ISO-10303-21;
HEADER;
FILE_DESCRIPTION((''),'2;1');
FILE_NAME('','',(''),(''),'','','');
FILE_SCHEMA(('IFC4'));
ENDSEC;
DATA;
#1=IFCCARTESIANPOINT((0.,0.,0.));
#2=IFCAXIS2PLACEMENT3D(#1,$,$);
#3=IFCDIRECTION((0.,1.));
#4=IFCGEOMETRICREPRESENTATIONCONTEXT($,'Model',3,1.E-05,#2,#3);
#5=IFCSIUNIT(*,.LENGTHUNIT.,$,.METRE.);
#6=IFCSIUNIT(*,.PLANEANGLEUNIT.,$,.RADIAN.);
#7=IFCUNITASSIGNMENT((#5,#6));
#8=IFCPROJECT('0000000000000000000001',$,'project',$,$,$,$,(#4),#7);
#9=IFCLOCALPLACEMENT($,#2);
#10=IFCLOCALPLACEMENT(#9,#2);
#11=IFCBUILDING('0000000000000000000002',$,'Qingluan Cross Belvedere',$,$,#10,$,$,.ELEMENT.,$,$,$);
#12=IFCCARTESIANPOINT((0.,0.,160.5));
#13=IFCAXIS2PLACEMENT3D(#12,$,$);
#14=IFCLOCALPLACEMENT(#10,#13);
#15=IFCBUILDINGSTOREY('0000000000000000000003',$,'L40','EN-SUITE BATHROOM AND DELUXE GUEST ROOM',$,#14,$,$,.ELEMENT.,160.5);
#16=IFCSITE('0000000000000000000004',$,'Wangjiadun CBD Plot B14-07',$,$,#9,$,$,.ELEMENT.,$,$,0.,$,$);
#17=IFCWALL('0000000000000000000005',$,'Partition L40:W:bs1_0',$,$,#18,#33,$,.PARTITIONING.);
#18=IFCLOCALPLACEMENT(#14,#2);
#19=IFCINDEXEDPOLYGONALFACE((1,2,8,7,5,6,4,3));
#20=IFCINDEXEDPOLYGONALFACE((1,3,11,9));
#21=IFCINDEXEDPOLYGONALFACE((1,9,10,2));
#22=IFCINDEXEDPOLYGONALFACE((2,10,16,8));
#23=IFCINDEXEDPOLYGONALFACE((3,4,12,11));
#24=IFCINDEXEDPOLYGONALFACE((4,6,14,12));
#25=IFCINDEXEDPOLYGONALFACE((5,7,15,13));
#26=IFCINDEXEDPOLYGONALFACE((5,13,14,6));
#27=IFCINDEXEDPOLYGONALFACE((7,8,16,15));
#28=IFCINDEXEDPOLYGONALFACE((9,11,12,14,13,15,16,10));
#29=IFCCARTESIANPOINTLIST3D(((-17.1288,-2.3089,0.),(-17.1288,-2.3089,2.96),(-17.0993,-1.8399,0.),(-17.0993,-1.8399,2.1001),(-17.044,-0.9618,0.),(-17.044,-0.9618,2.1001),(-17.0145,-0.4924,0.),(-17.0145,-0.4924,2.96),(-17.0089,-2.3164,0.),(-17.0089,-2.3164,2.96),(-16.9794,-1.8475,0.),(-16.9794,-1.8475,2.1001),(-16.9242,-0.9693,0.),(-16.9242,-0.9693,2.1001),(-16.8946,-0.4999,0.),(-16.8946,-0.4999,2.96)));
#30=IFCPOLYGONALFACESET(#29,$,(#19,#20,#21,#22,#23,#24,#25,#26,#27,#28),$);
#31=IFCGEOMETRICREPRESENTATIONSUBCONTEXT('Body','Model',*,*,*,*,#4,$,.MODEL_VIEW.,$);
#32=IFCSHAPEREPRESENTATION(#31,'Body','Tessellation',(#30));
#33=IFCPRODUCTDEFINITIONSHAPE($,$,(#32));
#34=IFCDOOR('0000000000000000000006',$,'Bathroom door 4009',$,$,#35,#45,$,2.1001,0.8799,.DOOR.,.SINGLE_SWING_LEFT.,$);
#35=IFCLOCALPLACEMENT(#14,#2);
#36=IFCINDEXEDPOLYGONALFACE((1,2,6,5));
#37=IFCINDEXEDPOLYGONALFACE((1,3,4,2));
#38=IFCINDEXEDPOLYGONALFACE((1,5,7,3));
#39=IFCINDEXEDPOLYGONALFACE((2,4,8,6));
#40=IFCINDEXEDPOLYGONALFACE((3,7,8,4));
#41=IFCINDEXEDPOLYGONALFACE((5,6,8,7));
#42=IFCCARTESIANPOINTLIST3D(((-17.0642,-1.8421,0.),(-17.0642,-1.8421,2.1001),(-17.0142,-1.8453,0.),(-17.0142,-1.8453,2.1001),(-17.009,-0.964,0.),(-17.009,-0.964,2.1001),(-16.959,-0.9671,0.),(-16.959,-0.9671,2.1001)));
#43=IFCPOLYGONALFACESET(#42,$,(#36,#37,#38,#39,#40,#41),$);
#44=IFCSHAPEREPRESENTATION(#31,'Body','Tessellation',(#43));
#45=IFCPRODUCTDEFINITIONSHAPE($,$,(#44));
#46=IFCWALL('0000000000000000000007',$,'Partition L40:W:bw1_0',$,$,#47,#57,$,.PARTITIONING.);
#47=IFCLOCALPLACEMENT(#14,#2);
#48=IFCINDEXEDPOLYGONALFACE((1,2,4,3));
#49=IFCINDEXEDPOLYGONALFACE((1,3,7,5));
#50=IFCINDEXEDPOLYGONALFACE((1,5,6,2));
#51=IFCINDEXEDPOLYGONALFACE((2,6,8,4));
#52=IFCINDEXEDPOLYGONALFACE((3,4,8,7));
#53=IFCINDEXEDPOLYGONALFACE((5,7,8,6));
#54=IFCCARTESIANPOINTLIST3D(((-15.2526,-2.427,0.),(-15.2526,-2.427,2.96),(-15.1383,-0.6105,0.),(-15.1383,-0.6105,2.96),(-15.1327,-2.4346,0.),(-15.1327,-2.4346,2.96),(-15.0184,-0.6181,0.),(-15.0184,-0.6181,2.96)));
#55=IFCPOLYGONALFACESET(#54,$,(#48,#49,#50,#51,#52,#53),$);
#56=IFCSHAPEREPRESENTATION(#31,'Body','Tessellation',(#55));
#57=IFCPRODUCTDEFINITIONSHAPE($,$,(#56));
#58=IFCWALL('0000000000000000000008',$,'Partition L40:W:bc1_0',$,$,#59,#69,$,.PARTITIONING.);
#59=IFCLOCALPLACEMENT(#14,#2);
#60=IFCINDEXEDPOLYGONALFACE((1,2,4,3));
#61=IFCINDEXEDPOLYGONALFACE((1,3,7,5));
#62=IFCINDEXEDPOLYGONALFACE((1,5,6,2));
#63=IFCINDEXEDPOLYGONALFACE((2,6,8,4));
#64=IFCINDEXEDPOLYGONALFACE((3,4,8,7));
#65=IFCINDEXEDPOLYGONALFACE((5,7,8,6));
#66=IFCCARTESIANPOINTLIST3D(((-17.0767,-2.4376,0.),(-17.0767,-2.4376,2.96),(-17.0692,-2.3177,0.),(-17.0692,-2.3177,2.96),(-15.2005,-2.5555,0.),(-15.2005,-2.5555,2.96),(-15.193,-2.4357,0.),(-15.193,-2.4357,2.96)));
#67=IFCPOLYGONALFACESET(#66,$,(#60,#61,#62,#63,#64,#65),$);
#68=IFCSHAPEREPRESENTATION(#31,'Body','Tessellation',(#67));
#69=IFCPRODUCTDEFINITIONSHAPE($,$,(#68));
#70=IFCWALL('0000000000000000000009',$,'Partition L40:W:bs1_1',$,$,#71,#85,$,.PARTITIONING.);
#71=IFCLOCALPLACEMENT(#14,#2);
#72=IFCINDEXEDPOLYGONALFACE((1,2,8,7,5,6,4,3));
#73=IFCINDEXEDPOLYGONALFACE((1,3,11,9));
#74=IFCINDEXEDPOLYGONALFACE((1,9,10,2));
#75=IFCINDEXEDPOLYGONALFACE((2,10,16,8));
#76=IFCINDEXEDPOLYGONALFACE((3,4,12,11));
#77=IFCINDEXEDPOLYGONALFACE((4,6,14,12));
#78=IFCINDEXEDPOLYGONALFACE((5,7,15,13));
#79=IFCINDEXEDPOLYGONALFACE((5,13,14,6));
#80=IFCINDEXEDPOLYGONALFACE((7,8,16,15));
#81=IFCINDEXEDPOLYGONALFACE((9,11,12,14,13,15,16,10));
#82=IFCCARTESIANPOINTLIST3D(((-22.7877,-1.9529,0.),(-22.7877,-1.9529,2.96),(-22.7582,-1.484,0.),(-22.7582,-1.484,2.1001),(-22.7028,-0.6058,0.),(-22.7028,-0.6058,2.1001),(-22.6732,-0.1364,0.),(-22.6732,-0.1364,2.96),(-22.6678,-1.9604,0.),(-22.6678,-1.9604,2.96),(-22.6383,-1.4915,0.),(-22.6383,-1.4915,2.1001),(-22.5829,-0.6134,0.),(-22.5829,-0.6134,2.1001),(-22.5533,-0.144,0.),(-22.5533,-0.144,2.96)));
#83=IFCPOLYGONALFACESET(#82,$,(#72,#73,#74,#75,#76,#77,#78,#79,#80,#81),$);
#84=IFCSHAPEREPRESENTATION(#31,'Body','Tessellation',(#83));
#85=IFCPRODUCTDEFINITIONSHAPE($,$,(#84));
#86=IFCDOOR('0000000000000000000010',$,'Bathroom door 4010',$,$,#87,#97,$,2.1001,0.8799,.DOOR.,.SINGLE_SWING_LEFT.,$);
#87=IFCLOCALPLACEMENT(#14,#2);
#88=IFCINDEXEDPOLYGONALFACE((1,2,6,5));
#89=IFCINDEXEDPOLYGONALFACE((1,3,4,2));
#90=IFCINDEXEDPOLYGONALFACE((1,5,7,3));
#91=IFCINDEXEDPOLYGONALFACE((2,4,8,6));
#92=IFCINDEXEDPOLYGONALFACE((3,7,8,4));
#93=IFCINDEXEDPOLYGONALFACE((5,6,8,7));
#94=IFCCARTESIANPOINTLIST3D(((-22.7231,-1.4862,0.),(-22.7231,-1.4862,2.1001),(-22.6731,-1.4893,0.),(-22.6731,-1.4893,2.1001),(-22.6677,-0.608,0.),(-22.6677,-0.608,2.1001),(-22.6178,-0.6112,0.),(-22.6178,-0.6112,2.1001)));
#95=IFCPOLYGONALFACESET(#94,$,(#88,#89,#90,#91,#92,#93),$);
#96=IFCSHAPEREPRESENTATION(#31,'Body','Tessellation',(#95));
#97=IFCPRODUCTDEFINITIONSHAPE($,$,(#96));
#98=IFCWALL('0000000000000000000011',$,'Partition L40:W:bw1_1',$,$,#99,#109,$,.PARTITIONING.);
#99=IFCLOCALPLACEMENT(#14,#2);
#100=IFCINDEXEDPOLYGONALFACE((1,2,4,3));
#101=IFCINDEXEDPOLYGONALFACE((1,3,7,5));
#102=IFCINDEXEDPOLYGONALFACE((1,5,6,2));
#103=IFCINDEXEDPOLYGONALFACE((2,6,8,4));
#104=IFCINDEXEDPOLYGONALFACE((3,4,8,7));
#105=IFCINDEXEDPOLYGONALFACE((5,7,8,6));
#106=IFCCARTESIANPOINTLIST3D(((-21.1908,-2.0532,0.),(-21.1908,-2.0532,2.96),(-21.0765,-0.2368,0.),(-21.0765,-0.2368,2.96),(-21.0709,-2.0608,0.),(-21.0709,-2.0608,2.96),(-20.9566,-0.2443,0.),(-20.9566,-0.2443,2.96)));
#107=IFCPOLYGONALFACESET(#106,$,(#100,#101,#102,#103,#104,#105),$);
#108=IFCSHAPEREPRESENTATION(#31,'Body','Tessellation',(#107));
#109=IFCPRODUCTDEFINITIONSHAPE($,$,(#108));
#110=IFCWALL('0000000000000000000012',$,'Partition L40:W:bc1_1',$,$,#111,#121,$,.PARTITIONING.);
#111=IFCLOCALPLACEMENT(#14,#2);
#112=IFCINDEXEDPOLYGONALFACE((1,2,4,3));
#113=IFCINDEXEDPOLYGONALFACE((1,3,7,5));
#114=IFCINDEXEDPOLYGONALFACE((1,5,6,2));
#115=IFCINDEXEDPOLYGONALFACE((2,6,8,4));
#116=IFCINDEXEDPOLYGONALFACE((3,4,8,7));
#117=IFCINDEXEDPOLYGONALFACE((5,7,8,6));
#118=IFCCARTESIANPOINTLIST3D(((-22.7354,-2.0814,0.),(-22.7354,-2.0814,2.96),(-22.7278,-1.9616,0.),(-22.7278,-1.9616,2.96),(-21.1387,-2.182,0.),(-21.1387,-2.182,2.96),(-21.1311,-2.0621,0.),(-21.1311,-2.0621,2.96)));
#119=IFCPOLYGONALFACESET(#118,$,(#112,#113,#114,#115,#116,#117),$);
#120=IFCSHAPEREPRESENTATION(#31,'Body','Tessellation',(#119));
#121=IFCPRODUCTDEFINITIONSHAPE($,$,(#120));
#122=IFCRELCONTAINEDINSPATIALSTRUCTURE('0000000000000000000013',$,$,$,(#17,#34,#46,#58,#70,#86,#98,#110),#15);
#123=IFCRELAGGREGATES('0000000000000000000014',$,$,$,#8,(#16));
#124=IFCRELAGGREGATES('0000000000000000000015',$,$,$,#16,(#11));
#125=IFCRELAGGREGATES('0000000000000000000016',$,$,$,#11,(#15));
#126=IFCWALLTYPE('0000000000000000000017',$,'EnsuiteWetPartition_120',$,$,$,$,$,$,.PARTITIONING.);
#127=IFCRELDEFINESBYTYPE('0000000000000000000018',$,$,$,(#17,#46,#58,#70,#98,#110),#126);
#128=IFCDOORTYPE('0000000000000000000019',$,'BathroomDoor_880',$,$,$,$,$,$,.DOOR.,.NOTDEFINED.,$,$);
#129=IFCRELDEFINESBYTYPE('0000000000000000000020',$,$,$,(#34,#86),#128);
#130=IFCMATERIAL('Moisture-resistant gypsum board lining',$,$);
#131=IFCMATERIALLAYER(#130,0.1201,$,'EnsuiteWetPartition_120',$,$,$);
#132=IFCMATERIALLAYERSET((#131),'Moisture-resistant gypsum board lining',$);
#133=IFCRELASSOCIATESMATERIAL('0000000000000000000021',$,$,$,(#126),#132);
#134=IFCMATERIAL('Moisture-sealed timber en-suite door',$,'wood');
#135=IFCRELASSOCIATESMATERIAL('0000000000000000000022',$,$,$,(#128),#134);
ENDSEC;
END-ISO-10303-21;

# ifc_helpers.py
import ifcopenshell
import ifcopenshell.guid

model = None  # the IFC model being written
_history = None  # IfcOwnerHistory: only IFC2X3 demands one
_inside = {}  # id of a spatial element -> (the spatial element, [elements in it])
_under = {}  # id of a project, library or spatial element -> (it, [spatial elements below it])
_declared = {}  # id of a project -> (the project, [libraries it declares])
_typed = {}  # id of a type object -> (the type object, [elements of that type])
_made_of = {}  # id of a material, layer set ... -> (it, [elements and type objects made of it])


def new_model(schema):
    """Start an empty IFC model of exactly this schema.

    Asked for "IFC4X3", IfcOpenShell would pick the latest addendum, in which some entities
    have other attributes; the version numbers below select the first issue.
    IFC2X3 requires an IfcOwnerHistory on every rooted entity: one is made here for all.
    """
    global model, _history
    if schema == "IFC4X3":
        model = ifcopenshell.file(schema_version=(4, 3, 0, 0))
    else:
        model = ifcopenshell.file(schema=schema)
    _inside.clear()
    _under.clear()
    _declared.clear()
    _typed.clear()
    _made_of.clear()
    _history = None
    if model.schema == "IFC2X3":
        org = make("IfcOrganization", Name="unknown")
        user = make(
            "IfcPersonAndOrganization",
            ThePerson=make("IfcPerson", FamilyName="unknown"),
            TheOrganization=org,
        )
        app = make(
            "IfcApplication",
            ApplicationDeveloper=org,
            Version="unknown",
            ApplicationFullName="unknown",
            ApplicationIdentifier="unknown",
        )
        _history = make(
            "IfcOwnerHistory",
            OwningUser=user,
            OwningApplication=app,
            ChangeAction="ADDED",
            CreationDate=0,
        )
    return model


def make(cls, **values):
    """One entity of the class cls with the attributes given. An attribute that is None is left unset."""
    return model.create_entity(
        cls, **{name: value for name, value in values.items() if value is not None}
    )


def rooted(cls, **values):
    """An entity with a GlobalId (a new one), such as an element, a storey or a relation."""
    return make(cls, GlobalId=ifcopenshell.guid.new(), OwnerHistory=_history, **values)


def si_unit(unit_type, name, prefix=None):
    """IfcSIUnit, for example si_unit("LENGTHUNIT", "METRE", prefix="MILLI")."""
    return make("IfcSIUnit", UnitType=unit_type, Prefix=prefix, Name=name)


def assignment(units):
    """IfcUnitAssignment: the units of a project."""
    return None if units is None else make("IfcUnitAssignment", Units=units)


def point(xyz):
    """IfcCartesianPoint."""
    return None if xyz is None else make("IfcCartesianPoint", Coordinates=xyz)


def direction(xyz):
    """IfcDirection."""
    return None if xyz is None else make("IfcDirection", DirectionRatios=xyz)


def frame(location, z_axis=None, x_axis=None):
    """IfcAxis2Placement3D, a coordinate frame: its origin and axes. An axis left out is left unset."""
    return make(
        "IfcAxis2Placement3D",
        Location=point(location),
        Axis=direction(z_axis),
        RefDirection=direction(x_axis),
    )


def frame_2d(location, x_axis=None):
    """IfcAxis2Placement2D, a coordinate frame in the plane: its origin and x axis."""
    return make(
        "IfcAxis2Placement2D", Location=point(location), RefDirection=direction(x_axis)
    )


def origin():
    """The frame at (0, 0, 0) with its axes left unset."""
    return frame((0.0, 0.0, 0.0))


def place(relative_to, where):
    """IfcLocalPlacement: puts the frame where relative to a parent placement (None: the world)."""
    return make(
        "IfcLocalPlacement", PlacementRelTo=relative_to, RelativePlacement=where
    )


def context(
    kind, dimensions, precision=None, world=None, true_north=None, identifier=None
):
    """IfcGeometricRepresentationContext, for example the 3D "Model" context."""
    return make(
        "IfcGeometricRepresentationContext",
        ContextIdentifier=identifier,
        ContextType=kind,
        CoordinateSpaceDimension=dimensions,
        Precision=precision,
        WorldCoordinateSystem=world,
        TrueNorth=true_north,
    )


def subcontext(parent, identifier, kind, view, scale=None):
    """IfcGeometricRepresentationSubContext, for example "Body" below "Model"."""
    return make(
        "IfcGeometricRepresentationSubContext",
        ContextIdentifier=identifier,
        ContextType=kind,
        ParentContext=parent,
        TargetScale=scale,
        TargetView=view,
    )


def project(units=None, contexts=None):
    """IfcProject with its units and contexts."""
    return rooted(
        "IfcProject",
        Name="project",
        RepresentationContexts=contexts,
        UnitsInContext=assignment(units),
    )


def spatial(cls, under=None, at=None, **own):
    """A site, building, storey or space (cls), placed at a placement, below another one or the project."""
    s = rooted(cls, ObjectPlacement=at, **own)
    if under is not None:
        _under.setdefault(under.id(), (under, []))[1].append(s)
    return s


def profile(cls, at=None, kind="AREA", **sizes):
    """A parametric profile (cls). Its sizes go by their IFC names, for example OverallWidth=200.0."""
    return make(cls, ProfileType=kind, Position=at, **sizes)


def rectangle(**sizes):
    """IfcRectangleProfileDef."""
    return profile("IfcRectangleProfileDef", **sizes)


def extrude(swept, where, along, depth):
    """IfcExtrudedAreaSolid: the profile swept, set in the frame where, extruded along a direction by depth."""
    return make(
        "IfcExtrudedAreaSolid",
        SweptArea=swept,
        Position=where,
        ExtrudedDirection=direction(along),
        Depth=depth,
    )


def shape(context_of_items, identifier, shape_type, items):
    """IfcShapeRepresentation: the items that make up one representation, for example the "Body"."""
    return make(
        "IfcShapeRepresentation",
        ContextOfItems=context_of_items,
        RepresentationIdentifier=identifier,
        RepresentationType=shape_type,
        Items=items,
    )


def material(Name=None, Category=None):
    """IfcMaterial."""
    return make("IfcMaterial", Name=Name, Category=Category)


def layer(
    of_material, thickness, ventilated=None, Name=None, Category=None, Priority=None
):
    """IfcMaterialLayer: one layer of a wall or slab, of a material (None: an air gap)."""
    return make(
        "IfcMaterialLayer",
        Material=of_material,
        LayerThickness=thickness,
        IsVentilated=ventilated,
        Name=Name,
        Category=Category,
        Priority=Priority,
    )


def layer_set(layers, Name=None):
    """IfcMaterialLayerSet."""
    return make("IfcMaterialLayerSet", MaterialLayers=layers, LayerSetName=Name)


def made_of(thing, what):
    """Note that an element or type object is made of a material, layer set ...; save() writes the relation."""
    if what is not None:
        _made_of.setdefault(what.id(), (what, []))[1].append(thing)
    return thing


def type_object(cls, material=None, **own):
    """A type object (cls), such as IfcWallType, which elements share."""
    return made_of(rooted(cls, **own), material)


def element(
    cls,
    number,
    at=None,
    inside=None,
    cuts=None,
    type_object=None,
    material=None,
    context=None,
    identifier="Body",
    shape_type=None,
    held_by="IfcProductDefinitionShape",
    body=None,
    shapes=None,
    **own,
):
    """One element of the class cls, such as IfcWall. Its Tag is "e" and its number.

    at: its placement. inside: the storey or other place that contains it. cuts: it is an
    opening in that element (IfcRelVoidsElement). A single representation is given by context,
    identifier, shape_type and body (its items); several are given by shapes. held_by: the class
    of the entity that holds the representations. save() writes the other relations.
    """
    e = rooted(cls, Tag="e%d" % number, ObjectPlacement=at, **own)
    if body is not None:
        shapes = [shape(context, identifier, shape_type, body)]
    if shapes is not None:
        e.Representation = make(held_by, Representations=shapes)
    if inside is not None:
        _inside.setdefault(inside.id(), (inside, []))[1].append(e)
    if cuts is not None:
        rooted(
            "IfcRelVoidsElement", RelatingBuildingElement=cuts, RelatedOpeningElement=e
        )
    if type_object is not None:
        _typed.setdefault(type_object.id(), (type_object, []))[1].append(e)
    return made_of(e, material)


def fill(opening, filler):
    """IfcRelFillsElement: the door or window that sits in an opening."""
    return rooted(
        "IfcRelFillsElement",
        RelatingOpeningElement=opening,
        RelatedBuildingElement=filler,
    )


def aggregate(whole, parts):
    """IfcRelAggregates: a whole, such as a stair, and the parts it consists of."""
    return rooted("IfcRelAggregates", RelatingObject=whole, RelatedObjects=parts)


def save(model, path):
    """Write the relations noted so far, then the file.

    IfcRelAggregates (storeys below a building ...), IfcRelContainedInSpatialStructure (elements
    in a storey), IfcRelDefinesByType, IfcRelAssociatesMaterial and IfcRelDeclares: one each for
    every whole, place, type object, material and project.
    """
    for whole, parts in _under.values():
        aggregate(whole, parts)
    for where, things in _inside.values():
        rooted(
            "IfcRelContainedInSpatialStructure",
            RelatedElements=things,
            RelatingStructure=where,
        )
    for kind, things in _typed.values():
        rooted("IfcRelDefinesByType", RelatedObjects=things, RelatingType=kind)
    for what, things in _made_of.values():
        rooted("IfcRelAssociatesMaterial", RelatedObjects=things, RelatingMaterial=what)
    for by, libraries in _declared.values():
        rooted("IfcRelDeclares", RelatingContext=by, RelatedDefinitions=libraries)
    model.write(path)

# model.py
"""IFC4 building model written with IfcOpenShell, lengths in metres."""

from ifc_helpers import new_model, si_unit, direction, frame, frame_2d, origin, place, context, subcontext, project, spatial, rectangle, extrude, material, layer, layer_set, type_object, element, fill, save


model = new_model("IFC4")

# Units and contexts
model_context = context("Model", 3, precision=1e-05, world=origin(), true_north=direction((0.0, 1.0)))
body_context = subcontext(model_context, "Body", "Model", "MODEL_VIEW")
ifc_project = project(units=[si_unit("LENGTHUNIT", "METRE"), si_unit("PLANEANGLEUNIT", "RADIAN")], contexts=[model_context])

# Site, building, storey
site_placement = place(None, origin())
site = spatial("IfcSite", under=ifc_project, at=site_placement, Name="Wangjiadun CBD Plot B14-07", CompositionType="ELEMENT", RefElevation=0.0)
building_placement = place(site_placement, origin())
building = spatial("IfcBuilding", under=site, at=building_placement, Name="Qingluan Cross Belvedere", CompositionType="ELEMENT")
storey_placement = place(building_placement, frame((0.0, 0.0, 160.5)))
storey = spatial("IfcBuildingStorey", under=building, at=storey_placement, Name="L40", Description="EN-SUITE BATHROOM AND DELUXE GUEST ROOM", CompositionType="ELEMENT", Elevation=160.5)

# Wall, opening, door
ifc_material_1 = material(Name="Moisture-resistant gypsum board lining")
ifc_layer_1 = layer(ifc_material_1, 0.1201, Name="EnsuiteWetPartition_120")
ifc_layer_set_1 = layer_set([ifc_layer_1], Name="Moisture-resistant gypsum board lining")
wall_type_1 = type_object("IfcWallType", Name="EnsuiteWetPartition_120", PredefinedType="PARTITIONING", material=ifc_layer_set_1)
wall_1_placement = place(storey_placement, frame((-17.0688, -2.3127, 0.0), z_axis=(0.0, 0.0, 1.0), x_axis=(0.062779, 0.998027, 0.0)))
wall_1 = element("IfcWall", 1, at=wall_1_placement, inside=storey, type_object=wall_type_1, Name="Partition L40:W:bs1_0", PredefinedType="PARTITIONING", context=body_context, shape_type="SweptSolid", body=[
    extrude(rectangle(XDim=1.8201, YDim=0.1201, at=frame_2d((0.9102, 0.0))), origin(), (0.0, 0.0, 1.0), 2.96),
])
opening_1_placement = place(wall_1_placement, frame((0.47, 0.0, 0.0)))
opening_1 = element("IfcOpeningElement", 2, at=opening_1_placement, cuts=wall_1, PredefinedType="OPENING", context=body_context, shape_type="SweptSolid", body=[
    extrude(rectangle(XDim=0.8799, YDim=2.1001, at=frame_2d((0.4399, 1.05))), frame((0.0, 0.0701, 0.0), z_axis=(0.0, -1.0, 0.0), x_axis=(1.0, 0.0, 0.0)), (0.0, 0.0, 1.0), 0.1401),
])
ifc_material_2 = material(Name="Moisture-sealed timber en-suite door", Category="wood")
door_type_1 = type_object("IfcDoorType", Name="BathroomDoor_880", OperationType="NOTDEFINED", PredefinedType="DOOR", material=ifc_material_2)
door_1_placement = place(opening_1_placement, origin())
door_1 = element("IfcDoor", 3, at=door_1_placement, inside=storey, type_object=door_type_1, Name="Bathroom door 4009", OperationType="SINGLE_SWING_LEFT", OverallHeight=2.1001, OverallWidth=0.8799, PredefinedType="DOOR", context=body_context, shape_type="SweptSolid", body=[
    extrude(rectangle(XDim=0.8799, YDim=2.1001, at=frame_2d((0.4399, 1.05))), frame((0.0, 0.0249, 0.0), z_axis=(0.0, -1.0, 0.0), x_axis=(1.0, 0.0, 0.0)), (0.0, 0.0, 1.0), 0.05),
])
fill(opening_1, door_1)

# Walls
wall_2_placement = place(storey_placement, frame((-15.1926, -2.4309, 0.0), z_axis=(0.0, 0.0, 1.0), x_axis=(0.062779, 0.998027, 0.0)))
element("IfcWall", 4, at=wall_2_placement, inside=storey, type_object=wall_type_1, Name="Partition L40:W:bw1_0", PredefinedType="PARTITIONING", context=body_context, shape_type="SweptSolid", body=[
    extrude(rectangle(XDim=1.8201, YDim=0.1201, at=frame_2d((0.9102, 0.0))), origin(), (0.0, 0.0, 1.0), 2.96),
])
wall_3_placement = place(storey_placement, frame((-15.1968, -2.4956, 0.0), z_axis=(0.0, 0.0, 1.0), x_axis=(-0.998031, 0.062726, 0.0)))
element("IfcWall", 5, at=wall_3_placement, inside=storey, type_object=wall_type_1, Name="Partition L40:W:bc1_0", PredefinedType="PARTITIONING", context=body_context, shape_type="SweptSolid", body=[
    extrude(rectangle(XDim=1.8799, YDim=0.1201, at=frame_2d((0.9399, 0.0))), origin(), (0.0, 0.0, 1.0), 2.96),
])

# Wall, opening, door
wall_4_placement = place(storey_placement, frame((-22.7278, -1.9568, 0.0), z_axis=(0.0, 0.0, 1.0), x_axis=(0.062913, 0.998019, 0.0)))
wall_4 = element("IfcWall", 6, at=wall_4_placement, inside=storey, type_object=wall_type_1, Name="Partition L40:W:bs1_1", PredefinedType="PARTITIONING", context=body_context, shape_type="SweptSolid", body=[
    extrude(rectangle(XDim=1.8201, YDim=0.1201, at=frame_2d((0.9102, 0.0))), origin(), (0.0, 0.0, 1.0), 2.96),
])
opening_2_placement = place(wall_4_placement, frame((0.47, 0.0, 0.0)))
opening_2 = element("IfcOpeningElement", 7, at=opening_2_placement, cuts=wall_4, PredefinedType="OPENING", context=body_context, shape_type="SweptSolid", body=[
    extrude(rectangle(XDim=0.8799, YDim=2.1001, at=frame_2d((0.4399, 1.05))), frame((0.0, 0.0701, 0.0), z_axis=(0.0, -1.0, 0.0), x_axis=(1.0, 0.0, 0.0)), (0.0, 0.0, 1.0), 0.1401),
])
door_2_placement = place(opening_2_placement, origin())
door_2 = element("IfcDoor", 8, at=door_2_placement, inside=storey, type_object=door_type_1, Name="Bathroom door 4010", OperationType="SINGLE_SWING_LEFT", OverallHeight=2.1001, OverallWidth=0.8799, PredefinedType="DOOR", context=body_context, shape_type="SweptSolid", body=[
    extrude(rectangle(XDim=0.8799, YDim=2.1001, at=frame_2d((0.4399, 1.05))), frame((0.0, 0.0249, 0.0), z_axis=(0.0, -1.0, 0.0), x_axis=(1.0, 0.0, 0.0)), (0.0, 0.0, 1.0), 0.05),
])
fill(opening_2, door_2)

# Walls
wall_5_placement = place(storey_placement, frame((-21.1309, -2.0571, 0.0), z_axis=(0.0, 0.0, 1.0), x_axis=(0.062779, 0.998027, 0.0)))
element("IfcWall", 9, at=wall_5_placement, inside=storey, type_object=wall_type_1, Name="Partition L40:W:bw1_1", PredefinedType="PARTITIONING", context=body_context, shape_type="SweptSolid", body=[
    extrude(rectangle(XDim=1.8201, YDim=0.1201, at=frame_2d((0.9102, 0.0))), origin(), (0.0, 0.0, 1.0), 2.96),
])
wall_6_placement = place(storey_placement, frame((-21.135, -2.1221, 0.0), z_axis=(0.0, 0.0, 1.0), x_axis=(-0.998022, 0.062872, 0.0)))
element("IfcWall", 10, at=wall_6_placement, inside=storey, type_object=wall_type_1, Name="Partition L40:W:bc1_1", PredefinedType="PARTITIONING", context=body_context, shape_type="SweptSolid", body=[
    extrude(rectangle(XDim=1.5999, YDim=0.1201, at=frame_2d((0.7998, 0.0))), origin(), (0.0, 0.0, 1.0), 2.96),
])

save(model, "model.ifc")
